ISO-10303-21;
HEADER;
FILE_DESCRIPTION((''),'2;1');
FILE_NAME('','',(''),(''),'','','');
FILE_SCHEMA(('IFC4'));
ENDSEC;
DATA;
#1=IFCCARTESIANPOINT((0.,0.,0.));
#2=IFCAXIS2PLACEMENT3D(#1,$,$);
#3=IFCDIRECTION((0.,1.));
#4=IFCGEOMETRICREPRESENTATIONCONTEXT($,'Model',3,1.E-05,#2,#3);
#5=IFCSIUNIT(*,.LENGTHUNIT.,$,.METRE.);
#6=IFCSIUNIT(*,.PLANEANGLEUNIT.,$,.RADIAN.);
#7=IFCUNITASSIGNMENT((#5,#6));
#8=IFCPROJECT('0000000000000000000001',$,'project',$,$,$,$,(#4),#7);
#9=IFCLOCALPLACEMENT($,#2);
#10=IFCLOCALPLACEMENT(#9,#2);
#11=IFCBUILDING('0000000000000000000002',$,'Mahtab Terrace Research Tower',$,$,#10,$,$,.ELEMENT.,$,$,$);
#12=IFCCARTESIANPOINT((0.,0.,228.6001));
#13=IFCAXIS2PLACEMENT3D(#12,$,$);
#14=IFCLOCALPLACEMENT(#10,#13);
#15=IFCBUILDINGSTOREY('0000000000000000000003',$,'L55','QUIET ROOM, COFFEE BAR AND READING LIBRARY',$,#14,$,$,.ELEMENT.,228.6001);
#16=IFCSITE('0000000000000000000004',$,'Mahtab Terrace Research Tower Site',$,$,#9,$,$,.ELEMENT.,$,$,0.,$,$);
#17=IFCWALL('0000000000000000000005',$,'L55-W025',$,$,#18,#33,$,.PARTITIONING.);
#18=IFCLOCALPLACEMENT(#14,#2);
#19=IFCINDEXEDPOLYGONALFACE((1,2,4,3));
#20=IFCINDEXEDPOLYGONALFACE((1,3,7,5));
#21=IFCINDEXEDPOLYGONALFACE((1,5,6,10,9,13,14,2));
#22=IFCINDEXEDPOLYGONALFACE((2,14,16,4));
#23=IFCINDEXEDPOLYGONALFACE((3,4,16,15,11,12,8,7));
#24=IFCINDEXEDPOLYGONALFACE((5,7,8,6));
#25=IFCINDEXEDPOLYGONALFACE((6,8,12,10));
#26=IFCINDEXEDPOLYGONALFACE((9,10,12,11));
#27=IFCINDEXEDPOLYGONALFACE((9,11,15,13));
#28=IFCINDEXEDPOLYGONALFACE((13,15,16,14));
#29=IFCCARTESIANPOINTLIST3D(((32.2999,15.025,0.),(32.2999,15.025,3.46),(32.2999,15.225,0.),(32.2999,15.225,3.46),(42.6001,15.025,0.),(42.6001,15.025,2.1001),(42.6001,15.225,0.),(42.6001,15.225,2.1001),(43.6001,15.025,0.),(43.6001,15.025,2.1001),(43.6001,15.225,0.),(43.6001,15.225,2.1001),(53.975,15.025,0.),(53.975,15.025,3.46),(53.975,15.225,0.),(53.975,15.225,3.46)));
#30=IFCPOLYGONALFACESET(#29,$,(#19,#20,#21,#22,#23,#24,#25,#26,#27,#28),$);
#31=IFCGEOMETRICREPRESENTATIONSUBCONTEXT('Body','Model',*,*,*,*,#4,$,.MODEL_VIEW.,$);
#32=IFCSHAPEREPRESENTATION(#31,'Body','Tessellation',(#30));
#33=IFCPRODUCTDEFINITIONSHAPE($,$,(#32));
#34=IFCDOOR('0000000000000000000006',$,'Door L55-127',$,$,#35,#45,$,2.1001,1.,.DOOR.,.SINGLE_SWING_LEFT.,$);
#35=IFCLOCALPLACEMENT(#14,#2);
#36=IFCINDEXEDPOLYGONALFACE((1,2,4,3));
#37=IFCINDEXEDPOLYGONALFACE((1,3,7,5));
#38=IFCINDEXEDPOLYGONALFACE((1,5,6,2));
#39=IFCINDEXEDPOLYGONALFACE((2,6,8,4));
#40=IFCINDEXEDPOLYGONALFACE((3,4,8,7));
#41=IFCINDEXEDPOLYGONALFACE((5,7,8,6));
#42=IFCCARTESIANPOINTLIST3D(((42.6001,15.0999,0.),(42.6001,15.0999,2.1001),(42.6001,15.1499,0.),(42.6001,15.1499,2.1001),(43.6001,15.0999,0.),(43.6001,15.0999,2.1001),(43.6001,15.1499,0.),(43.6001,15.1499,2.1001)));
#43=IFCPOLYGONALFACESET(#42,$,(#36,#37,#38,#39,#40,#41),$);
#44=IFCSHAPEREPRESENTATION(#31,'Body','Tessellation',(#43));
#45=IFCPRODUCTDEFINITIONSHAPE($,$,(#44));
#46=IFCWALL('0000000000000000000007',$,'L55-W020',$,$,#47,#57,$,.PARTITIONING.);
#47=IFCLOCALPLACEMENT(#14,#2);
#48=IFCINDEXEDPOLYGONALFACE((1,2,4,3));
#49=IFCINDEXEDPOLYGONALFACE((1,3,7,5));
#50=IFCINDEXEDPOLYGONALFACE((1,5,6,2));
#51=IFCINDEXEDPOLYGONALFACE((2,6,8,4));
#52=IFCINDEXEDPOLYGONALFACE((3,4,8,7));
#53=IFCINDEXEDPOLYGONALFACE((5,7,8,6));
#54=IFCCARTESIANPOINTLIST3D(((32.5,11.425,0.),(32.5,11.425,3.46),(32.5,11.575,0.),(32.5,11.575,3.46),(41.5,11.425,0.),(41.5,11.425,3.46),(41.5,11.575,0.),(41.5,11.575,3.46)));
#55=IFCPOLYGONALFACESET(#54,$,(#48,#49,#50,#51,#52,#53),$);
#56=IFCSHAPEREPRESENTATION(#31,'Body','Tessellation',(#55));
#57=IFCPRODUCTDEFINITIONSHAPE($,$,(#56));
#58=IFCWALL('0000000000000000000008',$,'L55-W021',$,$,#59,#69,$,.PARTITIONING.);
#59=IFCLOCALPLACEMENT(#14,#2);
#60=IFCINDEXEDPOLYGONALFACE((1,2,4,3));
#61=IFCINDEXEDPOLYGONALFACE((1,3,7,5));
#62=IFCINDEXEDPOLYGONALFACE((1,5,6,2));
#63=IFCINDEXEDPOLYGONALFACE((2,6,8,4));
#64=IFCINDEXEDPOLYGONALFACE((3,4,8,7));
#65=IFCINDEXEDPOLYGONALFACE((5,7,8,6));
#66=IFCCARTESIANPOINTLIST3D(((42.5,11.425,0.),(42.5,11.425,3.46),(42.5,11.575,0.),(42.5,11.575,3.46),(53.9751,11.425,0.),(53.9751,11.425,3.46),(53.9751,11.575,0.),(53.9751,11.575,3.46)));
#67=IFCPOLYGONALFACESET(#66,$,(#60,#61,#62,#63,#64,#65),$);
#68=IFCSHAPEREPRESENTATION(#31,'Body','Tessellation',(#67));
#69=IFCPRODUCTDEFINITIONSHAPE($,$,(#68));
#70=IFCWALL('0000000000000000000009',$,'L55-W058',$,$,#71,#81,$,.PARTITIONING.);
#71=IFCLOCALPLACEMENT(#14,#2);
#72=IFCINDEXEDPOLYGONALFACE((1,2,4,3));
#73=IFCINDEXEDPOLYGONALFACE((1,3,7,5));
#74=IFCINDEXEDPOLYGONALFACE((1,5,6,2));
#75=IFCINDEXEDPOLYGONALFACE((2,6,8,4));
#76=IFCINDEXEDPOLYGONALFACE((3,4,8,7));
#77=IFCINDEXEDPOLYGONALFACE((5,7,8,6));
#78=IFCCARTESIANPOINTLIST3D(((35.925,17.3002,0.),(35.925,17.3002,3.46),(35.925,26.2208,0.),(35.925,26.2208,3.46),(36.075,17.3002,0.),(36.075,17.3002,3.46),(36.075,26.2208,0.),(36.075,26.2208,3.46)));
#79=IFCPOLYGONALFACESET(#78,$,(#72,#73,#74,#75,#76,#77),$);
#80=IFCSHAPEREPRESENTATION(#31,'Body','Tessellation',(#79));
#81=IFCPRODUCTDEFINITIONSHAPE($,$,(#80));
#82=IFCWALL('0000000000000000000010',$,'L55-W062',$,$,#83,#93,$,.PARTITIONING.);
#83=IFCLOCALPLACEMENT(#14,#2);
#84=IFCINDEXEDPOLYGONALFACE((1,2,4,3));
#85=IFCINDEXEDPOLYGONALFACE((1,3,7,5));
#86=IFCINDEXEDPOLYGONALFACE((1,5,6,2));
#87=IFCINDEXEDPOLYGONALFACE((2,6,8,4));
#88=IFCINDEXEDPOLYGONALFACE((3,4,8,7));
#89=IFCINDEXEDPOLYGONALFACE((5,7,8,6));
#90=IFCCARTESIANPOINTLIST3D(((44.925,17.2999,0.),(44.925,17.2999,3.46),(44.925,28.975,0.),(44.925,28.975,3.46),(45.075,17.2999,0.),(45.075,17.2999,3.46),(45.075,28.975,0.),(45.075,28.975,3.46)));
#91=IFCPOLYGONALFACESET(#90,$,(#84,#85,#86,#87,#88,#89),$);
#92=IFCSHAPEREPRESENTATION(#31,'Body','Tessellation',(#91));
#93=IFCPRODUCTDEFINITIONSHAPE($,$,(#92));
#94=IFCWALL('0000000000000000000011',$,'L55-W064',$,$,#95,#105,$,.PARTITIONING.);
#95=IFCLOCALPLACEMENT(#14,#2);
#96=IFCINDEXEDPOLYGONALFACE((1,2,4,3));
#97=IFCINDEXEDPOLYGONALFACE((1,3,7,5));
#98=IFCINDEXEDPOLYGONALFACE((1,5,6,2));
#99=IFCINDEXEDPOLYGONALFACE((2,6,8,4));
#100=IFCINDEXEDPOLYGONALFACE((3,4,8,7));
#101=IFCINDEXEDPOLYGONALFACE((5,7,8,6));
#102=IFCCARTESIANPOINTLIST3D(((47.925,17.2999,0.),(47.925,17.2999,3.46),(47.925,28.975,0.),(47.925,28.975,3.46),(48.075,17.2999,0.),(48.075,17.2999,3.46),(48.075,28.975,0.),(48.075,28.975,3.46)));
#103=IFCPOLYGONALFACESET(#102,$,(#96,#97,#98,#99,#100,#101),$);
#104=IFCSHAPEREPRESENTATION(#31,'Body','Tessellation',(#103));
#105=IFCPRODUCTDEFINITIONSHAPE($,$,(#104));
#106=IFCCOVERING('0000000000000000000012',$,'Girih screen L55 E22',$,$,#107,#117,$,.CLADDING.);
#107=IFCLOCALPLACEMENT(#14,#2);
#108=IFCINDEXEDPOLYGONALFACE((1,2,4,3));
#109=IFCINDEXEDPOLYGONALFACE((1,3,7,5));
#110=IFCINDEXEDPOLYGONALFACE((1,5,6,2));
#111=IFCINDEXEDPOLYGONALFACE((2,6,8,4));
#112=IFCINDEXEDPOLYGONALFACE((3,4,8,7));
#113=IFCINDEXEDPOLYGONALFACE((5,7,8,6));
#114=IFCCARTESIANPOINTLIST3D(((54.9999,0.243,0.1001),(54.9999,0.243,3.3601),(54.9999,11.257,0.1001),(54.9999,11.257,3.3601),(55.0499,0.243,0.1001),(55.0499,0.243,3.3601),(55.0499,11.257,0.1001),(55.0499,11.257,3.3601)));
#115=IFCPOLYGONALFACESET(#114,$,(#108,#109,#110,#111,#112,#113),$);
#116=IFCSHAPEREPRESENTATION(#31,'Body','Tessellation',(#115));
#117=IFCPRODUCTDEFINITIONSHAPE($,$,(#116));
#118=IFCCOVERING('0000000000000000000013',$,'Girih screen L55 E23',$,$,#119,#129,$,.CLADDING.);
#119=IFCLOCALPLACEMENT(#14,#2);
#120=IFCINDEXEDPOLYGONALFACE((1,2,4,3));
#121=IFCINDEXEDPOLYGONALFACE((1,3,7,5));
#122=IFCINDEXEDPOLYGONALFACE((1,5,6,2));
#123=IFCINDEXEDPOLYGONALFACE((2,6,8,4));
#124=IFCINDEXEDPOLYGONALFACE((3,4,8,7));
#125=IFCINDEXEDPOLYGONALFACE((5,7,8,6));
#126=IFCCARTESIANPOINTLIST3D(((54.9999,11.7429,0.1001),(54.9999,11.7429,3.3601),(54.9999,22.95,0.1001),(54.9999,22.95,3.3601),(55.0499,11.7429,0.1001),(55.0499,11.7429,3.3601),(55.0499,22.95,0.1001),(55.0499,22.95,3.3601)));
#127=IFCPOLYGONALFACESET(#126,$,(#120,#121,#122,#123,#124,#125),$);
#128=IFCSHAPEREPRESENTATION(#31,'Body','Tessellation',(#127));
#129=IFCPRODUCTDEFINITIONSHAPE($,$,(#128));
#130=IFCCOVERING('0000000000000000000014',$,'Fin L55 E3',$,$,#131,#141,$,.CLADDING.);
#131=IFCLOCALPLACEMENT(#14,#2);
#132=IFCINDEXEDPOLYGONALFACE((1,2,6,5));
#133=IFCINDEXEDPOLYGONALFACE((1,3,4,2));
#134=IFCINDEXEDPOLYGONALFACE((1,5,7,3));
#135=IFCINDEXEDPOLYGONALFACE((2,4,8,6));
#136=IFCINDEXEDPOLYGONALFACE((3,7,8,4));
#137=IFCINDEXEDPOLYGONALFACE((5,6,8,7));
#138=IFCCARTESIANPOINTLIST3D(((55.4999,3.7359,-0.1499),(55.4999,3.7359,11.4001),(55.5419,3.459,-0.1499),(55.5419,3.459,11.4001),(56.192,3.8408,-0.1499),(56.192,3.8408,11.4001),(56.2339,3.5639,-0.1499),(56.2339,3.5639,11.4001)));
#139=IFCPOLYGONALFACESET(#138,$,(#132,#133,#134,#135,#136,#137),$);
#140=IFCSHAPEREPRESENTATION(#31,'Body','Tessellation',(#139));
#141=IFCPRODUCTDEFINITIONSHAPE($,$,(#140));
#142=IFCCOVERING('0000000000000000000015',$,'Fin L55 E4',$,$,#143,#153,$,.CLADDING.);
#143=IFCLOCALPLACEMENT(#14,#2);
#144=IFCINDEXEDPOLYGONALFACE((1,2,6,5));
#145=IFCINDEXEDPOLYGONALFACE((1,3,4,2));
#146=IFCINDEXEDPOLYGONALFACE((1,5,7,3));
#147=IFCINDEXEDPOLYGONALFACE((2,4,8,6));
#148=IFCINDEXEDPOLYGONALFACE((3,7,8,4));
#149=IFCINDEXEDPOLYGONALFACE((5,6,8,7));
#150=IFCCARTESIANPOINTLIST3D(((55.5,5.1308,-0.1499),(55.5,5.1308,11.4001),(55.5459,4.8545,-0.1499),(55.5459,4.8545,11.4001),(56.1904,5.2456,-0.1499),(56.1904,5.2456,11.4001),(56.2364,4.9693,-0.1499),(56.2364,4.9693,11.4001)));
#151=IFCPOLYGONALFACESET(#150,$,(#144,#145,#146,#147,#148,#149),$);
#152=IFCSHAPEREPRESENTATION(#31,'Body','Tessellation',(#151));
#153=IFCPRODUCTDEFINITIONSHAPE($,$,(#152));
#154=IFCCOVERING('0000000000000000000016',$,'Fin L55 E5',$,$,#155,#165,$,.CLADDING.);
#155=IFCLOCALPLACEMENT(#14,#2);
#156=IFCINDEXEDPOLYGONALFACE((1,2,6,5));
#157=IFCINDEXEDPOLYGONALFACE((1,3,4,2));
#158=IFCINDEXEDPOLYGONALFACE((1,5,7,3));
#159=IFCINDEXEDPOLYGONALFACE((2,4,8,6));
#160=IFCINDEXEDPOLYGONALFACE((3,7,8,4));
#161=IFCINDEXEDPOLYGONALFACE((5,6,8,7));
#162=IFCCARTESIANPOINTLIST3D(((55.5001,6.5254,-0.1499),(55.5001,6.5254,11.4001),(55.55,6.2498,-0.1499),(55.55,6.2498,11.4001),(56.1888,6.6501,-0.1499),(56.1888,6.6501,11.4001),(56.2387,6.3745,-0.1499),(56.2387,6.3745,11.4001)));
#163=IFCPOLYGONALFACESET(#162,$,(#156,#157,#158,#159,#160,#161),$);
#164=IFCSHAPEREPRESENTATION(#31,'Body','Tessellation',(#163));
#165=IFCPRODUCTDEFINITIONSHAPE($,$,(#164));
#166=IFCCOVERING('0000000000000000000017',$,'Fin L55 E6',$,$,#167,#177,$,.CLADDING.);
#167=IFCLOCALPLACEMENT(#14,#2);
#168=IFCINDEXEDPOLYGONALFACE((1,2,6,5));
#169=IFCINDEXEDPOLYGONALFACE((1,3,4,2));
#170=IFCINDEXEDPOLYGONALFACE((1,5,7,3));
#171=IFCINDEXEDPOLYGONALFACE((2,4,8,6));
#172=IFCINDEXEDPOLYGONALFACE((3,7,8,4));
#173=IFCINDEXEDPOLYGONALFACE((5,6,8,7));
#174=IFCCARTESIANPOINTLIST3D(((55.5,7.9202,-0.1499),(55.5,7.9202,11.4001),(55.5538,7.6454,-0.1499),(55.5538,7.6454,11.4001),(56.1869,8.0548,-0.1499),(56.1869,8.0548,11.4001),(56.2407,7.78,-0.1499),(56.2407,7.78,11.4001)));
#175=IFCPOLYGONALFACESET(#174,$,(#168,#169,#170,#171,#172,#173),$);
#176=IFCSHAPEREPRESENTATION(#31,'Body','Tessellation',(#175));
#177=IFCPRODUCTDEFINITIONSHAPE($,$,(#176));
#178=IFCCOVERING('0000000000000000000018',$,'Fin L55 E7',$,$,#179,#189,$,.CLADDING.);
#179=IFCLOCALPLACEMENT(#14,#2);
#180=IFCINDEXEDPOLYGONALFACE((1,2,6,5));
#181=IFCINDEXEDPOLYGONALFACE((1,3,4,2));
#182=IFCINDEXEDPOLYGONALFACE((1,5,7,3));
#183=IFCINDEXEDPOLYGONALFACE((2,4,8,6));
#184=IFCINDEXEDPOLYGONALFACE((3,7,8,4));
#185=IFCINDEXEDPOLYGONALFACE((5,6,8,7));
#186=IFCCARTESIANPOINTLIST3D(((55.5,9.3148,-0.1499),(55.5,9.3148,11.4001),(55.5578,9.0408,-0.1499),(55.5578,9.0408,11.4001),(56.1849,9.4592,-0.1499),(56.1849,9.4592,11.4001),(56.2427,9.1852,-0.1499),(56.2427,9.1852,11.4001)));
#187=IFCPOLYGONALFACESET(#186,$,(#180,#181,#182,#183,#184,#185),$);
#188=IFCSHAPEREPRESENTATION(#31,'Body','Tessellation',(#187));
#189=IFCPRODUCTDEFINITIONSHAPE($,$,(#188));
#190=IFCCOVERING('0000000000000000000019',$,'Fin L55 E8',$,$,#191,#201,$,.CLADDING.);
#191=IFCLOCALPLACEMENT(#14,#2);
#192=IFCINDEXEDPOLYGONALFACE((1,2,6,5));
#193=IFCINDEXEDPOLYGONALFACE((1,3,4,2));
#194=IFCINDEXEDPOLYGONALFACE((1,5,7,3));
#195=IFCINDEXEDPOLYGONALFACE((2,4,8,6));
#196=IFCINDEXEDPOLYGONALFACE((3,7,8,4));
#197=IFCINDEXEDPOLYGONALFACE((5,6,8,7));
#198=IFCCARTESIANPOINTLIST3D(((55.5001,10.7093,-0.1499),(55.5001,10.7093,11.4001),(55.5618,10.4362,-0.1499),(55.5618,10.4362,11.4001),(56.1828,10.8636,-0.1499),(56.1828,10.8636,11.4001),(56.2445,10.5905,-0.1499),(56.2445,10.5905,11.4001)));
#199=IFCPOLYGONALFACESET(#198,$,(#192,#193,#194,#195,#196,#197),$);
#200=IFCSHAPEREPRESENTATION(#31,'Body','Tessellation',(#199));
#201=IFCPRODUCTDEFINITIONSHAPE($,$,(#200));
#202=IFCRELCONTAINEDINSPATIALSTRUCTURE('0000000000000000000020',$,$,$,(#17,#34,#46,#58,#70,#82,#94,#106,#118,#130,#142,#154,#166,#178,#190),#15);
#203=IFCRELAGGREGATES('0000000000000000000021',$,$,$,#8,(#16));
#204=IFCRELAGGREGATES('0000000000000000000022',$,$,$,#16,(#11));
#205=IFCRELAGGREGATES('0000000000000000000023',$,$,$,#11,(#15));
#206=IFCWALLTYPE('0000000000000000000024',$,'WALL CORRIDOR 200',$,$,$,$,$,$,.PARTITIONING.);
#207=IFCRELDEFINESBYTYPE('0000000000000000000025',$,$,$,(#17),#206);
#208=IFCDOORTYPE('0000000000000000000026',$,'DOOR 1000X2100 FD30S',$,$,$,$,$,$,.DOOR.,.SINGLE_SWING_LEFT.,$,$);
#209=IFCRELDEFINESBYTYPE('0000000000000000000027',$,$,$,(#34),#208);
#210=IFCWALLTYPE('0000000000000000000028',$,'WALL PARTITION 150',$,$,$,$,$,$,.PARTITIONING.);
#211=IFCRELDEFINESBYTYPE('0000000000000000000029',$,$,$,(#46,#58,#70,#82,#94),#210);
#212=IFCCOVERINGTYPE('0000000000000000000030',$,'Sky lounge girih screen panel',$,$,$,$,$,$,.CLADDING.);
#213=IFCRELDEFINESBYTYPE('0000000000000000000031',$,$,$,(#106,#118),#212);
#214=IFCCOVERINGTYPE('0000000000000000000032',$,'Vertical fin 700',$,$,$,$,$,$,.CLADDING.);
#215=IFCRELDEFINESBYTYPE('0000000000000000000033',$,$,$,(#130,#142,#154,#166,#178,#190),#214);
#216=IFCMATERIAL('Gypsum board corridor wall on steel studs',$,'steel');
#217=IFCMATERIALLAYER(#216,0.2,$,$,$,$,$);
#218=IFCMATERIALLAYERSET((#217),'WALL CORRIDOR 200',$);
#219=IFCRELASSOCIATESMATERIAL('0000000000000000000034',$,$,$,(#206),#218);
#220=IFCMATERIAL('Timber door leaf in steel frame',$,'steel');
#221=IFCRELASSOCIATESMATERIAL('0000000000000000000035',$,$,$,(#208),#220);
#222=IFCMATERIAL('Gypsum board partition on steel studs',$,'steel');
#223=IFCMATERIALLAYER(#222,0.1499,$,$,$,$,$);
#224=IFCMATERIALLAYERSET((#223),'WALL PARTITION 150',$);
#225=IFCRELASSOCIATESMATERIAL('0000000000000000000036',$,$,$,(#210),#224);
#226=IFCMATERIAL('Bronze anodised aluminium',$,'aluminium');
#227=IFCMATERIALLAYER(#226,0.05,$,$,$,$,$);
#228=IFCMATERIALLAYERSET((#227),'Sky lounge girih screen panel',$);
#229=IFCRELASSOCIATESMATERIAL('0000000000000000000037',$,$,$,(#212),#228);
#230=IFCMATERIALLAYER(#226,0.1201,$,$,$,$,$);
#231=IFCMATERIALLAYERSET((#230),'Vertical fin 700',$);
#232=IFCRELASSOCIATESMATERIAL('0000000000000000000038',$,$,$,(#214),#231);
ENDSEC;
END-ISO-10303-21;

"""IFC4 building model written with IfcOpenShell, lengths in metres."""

from ifc_helpers import new_model, si_unit, direction, frame, frame_2d, origin, origin_2d, place, context, subcontext, project, spatial, rectangle, extrude, material, layer, layer_set, type_object, element, fill, save


model = new_model("IFC4")

# Units and contexts
model_context = context("Model", 3, precision=1e-05, world=origin(), true_north=direction((0.0, 1.0)))
body_context = subcontext(model_context, "Body", "Model", "MODEL_VIEW")
ifc_project = project(units=[si_unit("LENGTHUNIT", "METRE"), si_unit("PLANEANGLEUNIT", "RADIAN")], contexts=[model_context])

# Site, building, storey
site_placement = place(None, origin())
site = spatial("IfcSite", under=ifc_project, at=site_placement, Name="Mahtab Terrace Research Tower Site", CompositionType="ELEMENT", RefElevation=0.0)
building_placement = place(site_placement, origin())
building = spatial("IfcBuilding", under=site, at=building_placement, Name="Mahtab Terrace Research Tower", CompositionType="ELEMENT")
storey_placement = place(building_placement, frame((0.0, 0.0, 228.6001)))
storey = spatial("IfcBuildingStorey", under=building, at=storey_placement, Name="L55", Description="QUIET ROOM, COFFEE BAR AND READING LIBRARY", CompositionType="ELEMENT", Elevation=228.6001)

# Wall, opening, door
ifc_material_1 = material(Name="Gypsum board corridor wall on steel studs", Category="steel")
ifc_layer_1 = layer(ifc_material_1, 0.2)
ifc_layer_set_1 = layer_set([ifc_layer_1], Name="WALL CORRIDOR 200")
wall_type_1 = type_object("IfcWallType", Name="WALL CORRIDOR 200", PredefinedType="PARTITIONING", material=ifc_layer_set_1)
wall_1_placement = place(storey_placement, frame((32.3, 15.125, 0.0), z_axis=(0.0, 0.0, 1.0), x_axis=(1.0, 0.0, 0.0)))
wall_1 = element("IfcWall", 1, at=wall_1_placement, inside=storey, type_object=wall_type_1, Name="L55-W025", PredefinedType="PARTITIONING", context=body_context, shape_type="SweptSolid", body=[
    extrude(rectangle(XDim=21.675, YDim=0.2, at=frame_2d((10.8374, 0.0))), origin(), (0.0, 0.0, 1.0), 3.46),
])
opening_placement = place(wall_1_placement, frame((10.3, 0.0, 0.0)))
opening = element("IfcOpeningElement", 2, at=opening_placement, cuts=wall_1, PredefinedType="OPENING", context=body_context, shape_type="SweptSolid", body=[
    extrude(rectangle(XDim=1.0, YDim=2.1001, at=frame_2d((0.5, 1.05))), frame((0.0, 0.1099, 0.0), z_axis=(0.0, -1.0, 0.0), x_axis=(1.0, 0.0, 0.0)), (0.0, 0.0, 1.0), 0.22),
])
ifc_material_2 = material(Name="Timber door leaf in steel frame", Category="steel")
door_type = type_object("IfcDoorType", Name="DOOR 1000X2100 FD30S", OperationType="SINGLE_SWING_LEFT", PredefinedType="DOOR", material=ifc_material_2)
door_placement = place(opening_placement, origin())
door = element("IfcDoor", 3, at=door_placement, inside=storey, type_object=door_type, Name="Door L55-127", OperationType="SINGLE_SWING_LEFT", OverallHeight=2.1001, OverallWidth=1.0, PredefinedType="DOOR", context=body_context, shape_type="SweptSolid", body=[
    extrude(rectangle(XDim=1.0, YDim=2.1001, at=frame_2d((0.5, 1.05))), frame((0.0, 0.0249, 0.0), z_axis=(0.0, -1.0, 0.0), x_axis=(1.0, 0.0, 0.0)), (0.0, 0.0, 1.0), 0.05),
])
fill(opening, door)

# Walls
ifc_material_3 = material(Name="Gypsum board partition on steel studs", Category="steel")
ifc_layer_2 = layer(ifc_material_3, 0.1499)
ifc_layer_set_2 = layer_set([ifc_layer_2], Name="WALL PARTITION 150")
wall_type_2 = type_object("IfcWallType", Name="WALL PARTITION 150", PredefinedType="PARTITIONING", material=ifc_layer_set_2)
wall_2_placement = place(storey_placement, frame((32.5, 11.5, 0.0), z_axis=(0.0, 0.0, 1.0), x_axis=(1.0, 0.0, 0.0)))
element("IfcWall", 4, at=wall_2_placement, inside=storey, type_object=wall_type_2, Name="L55-W020", PredefinedType="PARTITIONING", context=body_context, shape_type="SweptSolid", body=[
    extrude(rectangle(XDim=9.0, YDim=0.1499, at=frame_2d((4.5, 0.0))), origin(), (0.0, 0.0, 1.0), 3.46),
])
wall_3_placement = place(storey_placement, frame((42.5, 11.5, 0.0), z_axis=(0.0, 0.0, 1.0), x_axis=(1.0, 0.0, 0.0)))
element("IfcWall", 5, at=wall_3_placement, inside=storey, type_object=wall_type_2, Name="L55-W021", PredefinedType="PARTITIONING", context=body_context, shape_type="SweptSolid", body=[
    extrude(rectangle(XDim=11.4751, YDim=0.1499, at=frame_2d((5.7375, 0.0))), origin(), (0.0, 0.0, 1.0), 3.46),
])
wall_4_placement = place(storey_placement, frame((36.0, 17.3, 0.0), z_axis=(0.0, 0.0, 1.0), x_axis=(0.0, 1.0, 0.0)))
element("IfcWall", 6, at=wall_4_placement, inside=storey, type_object=wall_type_2, Name="L55-W058", PredefinedType="PARTITIONING", context=body_context, shape_type="SweptSolid", body=[
    extrude(rectangle(XDim=8.9207, YDim=0.1499, at=frame_2d((4.4604, 0.0))), origin(), (0.0, 0.0, 1.0), 3.46),
])
for number, where, z_axis, x_axis, name in (
    (7, (45.0, 17.3, 0.0), (0.0, 0.0, 1.0), (0.0, 1.0, 0.0), "L55-W062"),
    (8, (48.0, 17.3, 0.0), (0.0, 0.0, 1.0), (0.0, 1.0, 0.0), "L55-W064"),
):
    element("IfcWall", number, at=place(storey_placement, frame(where, z_axis=z_axis, x_axis=x_axis)), inside=storey, type_object=wall_type_2, Name=name, PredefinedType="PARTITIONING", context=body_context, shape_type="SweptSolid", body=[
        extrude(rectangle(XDim=11.675, YDim=0.1499, at=frame_2d((5.8374, 0.0))), origin(), (0.0, 0.0, 1.0), 3.46),
    ])

# Coverings
ifc_material_4 = material(Name="Bronze anodised aluminium", Category="aluminium")
ifc_layer_3 = layer(ifc_material_4, 0.05)
ifc_layer_set_3 = layer_set([ifc_layer_3], Name="Sky lounge girih screen panel")
covering_type_1 = type_object("IfcCoveringType", Name="Sky lounge girih screen panel", PredefinedType="CLADDING", material=ifc_layer_set_3)
covering_1_placement = place(storey_placement, frame((55.0249, 5.75, 0.1001), z_axis=(0.0, 0.0, 1.0), x_axis=(0.0, 1.0, 0.0)))
element("IfcCovering", 9, at=covering_1_placement, inside=storey, type_object=covering_type_1, Name="Girih screen L55 E22", PredefinedType="CLADDING", context=body_context, shape_type="SweptSolid", body=[
    extrude(rectangle(XDim=11.0139, YDim=0.05, at=origin_2d()), origin(), (0.0, 0.0, 1.0), 3.26),
])
covering_2_placement = place(storey_placement, frame((55.0249, 17.3464, 0.1001), z_axis=(0.0, 0.0, 1.0), x_axis=(0.0, 1.0, 0.0)))
element("IfcCovering", 10, at=covering_2_placement, inside=storey, type_object=covering_type_1, Name="Girih screen L55 E23", PredefinedType="CLADDING", context=body_context, shape_type="SweptSolid", body=[
    extrude(rectangle(XDim=11.207, YDim=0.05, at=origin_2d()), origin(), (0.0, 0.0, 1.0), 3.26),
])
ifc_layer_4 = layer(ifc_material_4, 0.1201)
ifc_layer_set_4 = layer_set([ifc_layer_4], Name="Vertical fin 700")
covering_type_2 = type_object("IfcCoveringType", Name="Vertical fin 700", PredefinedType="CLADDING", material=ifc_layer_set_4)
for number, where, z_axis, x_axis, name in (
    (11, (55.8669, 3.6499, -0.1499), (0.0, 0.0, 1.0), (-0.14984, 0.98871, 0.0), "Fin L55 E3"),
    (12, (55.8682, 5.05, -0.1499), (0.0, 0.0, 1.0), (-0.164035, 0.986455, 0.0), "Fin L55 E4"),
    (13, (55.8694, 6.45, -0.1499), (0.0, 0.0, 1.0), (-0.178196, 0.983995, 0.0), "Fin L55 E5"),
    (14, (55.8704, 7.8501, -0.1499), (0.0, 0.0, 1.0), (-0.19232, 0.981332, 0.0), "Fin L55 E6"),
    (15, (55.8713, 9.25, -0.1499), (0.0, 0.0, 1.0), (-0.206405, 0.978467, 0.0), "Fin L55 E7"),
    (16, (55.8723, 10.6499, -0.1499), (0.0, 0.0, 1.0), (-0.220447, 0.975399, 0.0), "Fin L55 E8"),
):
    element("IfcCovering", number, at=place(storey_placement, frame(where, z_axis=z_axis, x_axis=x_axis)), inside=storey, type_object=covering_type_2, Name=name, PredefinedType="CLADDING", context=body_context, shape_type="SweptSolid", body=[
        extrude(rectangle(XDim=0.28, YDim=0.7, at=origin_2d()), origin(), (0.0, 0.0, 1.0), 11.55),
    ])

save(model, "model.ifc")
